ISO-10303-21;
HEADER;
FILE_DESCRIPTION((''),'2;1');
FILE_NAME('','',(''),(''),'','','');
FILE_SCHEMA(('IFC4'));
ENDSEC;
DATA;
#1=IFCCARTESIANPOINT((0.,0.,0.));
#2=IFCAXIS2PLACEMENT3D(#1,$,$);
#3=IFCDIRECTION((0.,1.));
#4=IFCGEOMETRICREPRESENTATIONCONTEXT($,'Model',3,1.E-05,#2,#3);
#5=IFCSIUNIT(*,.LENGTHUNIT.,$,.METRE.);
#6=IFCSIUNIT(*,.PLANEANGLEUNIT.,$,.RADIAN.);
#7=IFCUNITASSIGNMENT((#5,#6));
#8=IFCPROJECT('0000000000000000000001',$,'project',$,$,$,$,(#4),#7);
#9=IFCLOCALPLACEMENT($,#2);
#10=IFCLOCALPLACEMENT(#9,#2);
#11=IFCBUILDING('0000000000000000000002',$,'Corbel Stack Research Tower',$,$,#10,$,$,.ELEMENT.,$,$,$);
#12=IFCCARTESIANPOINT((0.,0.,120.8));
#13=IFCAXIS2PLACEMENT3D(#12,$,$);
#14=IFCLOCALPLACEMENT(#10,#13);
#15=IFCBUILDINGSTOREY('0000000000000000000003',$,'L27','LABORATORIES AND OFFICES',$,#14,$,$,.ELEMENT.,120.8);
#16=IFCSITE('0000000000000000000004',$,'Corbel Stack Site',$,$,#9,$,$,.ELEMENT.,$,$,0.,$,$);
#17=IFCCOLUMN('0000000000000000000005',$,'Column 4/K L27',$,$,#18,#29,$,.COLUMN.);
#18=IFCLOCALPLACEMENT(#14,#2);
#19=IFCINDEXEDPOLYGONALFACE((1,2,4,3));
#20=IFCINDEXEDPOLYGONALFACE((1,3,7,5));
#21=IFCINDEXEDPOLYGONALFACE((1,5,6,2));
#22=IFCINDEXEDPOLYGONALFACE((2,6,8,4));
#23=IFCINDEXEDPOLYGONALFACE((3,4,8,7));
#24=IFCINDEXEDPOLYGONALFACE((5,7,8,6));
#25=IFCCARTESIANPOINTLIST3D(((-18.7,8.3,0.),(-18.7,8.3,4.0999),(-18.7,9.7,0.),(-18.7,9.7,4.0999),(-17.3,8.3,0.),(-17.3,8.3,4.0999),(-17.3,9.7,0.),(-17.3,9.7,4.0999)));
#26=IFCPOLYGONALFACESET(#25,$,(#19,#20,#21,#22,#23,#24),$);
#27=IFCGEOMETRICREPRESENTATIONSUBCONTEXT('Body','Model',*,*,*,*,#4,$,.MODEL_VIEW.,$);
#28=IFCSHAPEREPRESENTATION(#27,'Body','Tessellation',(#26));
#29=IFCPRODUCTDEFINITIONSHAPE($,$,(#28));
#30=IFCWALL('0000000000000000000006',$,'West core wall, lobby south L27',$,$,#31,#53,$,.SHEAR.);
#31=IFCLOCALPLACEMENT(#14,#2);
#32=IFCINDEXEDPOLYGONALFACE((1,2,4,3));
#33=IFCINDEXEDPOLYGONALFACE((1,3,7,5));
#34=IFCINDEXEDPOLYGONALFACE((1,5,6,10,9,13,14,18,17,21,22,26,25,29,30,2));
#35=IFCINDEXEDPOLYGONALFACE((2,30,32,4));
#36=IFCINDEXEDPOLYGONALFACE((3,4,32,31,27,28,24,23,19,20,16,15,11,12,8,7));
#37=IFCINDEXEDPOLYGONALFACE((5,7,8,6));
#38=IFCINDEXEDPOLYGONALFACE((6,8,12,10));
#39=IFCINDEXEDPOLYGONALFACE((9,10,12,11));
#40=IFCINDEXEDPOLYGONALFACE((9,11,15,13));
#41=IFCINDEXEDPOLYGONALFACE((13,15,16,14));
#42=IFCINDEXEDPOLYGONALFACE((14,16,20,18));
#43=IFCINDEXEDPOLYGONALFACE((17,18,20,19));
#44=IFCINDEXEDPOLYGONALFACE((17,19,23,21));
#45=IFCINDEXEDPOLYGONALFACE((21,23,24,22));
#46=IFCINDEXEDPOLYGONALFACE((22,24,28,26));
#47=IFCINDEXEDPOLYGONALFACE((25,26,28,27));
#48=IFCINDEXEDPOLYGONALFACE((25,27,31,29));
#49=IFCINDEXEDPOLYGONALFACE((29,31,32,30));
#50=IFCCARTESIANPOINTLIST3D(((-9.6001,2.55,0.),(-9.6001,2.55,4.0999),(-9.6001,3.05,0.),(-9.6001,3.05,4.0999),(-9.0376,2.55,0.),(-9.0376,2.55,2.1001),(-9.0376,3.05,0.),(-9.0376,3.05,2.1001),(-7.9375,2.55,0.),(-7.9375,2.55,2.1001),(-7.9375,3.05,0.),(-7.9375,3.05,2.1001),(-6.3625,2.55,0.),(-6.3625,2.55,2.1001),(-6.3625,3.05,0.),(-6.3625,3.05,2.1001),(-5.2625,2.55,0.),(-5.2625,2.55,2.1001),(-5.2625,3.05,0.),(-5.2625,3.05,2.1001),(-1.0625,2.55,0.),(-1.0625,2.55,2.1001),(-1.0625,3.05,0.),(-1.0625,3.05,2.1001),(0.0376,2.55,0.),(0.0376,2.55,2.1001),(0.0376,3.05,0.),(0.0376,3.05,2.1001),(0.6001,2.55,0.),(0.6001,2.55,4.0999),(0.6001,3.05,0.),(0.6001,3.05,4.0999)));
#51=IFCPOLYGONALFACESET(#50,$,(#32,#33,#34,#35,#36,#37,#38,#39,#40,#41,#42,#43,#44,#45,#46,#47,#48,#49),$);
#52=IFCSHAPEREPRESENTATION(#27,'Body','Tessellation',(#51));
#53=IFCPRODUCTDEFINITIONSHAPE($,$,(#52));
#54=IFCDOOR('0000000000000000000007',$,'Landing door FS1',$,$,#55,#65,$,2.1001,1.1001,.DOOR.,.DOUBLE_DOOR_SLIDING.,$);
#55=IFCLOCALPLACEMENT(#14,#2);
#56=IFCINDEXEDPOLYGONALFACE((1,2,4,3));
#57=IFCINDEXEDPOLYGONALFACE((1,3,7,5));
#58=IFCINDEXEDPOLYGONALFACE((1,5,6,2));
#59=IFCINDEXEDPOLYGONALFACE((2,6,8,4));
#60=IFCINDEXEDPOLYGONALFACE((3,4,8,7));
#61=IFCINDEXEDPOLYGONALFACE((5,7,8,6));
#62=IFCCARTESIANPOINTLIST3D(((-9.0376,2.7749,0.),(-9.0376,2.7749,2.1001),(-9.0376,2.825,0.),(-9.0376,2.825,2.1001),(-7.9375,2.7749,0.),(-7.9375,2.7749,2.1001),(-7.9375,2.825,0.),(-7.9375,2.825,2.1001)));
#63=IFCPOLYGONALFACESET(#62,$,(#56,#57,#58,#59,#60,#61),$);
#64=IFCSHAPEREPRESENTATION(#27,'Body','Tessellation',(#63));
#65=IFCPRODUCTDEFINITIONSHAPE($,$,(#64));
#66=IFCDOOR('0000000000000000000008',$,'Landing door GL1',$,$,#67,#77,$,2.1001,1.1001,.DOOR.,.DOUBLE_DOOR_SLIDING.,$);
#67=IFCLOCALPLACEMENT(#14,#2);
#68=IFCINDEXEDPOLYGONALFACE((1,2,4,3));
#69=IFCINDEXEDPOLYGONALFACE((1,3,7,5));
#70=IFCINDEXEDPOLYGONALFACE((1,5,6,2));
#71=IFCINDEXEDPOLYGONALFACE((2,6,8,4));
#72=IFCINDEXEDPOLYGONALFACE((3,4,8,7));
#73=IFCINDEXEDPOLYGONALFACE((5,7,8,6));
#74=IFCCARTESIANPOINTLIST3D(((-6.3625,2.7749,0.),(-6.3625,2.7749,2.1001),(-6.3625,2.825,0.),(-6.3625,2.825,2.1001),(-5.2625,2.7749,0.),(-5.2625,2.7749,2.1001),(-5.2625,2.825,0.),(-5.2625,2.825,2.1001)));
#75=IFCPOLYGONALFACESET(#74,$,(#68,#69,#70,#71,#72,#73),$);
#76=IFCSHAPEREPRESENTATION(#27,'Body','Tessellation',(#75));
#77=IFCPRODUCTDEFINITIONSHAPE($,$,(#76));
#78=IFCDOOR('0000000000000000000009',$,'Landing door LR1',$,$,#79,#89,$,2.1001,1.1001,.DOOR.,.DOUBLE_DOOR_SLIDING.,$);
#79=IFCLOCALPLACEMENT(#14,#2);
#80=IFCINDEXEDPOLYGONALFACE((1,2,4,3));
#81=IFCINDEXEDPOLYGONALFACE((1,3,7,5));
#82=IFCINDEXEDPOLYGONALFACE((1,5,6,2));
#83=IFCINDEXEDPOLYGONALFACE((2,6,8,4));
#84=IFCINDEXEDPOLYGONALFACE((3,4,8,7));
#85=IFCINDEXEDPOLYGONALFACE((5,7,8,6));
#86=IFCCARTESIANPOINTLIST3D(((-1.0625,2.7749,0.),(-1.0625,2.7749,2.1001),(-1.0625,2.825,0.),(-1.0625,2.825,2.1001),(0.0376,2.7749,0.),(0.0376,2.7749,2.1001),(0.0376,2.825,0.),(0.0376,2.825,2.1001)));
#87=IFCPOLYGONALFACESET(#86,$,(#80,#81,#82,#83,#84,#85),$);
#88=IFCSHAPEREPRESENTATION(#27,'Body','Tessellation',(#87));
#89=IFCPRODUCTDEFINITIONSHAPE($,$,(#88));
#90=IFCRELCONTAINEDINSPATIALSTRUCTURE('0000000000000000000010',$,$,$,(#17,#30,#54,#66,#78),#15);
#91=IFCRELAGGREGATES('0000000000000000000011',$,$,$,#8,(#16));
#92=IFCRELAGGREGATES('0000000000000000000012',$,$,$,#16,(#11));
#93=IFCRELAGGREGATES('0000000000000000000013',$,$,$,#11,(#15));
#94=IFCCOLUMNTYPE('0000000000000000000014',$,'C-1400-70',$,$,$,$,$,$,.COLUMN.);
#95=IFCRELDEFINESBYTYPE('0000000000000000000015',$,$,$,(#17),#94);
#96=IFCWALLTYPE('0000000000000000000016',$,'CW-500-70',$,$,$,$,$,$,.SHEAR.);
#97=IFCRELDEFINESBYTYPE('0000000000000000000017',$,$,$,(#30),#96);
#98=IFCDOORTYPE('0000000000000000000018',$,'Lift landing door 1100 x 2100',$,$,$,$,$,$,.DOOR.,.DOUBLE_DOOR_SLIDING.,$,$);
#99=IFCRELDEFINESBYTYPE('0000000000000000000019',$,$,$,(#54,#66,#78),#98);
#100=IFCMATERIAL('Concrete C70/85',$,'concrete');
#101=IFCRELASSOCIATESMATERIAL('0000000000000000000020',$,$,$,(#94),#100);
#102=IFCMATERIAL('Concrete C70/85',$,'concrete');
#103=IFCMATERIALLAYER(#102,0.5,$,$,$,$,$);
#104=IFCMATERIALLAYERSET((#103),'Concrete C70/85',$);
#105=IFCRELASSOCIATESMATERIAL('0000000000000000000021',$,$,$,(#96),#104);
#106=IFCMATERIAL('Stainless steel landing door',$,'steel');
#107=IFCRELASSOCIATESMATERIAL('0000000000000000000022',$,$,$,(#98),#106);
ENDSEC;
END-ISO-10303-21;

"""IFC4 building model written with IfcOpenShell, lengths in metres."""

from ifc_helpers import new_model, si_unit, direction, frame, frame_2d, origin, origin_2d, place, context, subcontext, project, spatial, rectangle, extrude, material, layer, layer_set, material_profile, profile_set, type_object, element, fill, save


model = new_model("IFC4")

# Units and contexts
model_context = context("Model", 3, precision=1e-05, world=origin(), true_north=direction((0.0, 1.0)))
body_context = subcontext(model_context, "Body", "Model", "MODEL_VIEW")
ifc_project = project(units=[si_unit("LENGTHUNIT", "METRE"), si_unit("PLANEANGLEUNIT", "RADIAN")], contexts=[model_context])

# Site, building, storey
site_placement = place(None, origin())
site = spatial("IfcSite", under=ifc_project, at=site_placement, Name="Corbel Stack Site", CompositionType="ELEMENT", RefElevation=0.0)
building_placement = place(site_placement, origin())
building = spatial("IfcBuilding", under=site, at=building_placement, Name="Corbel Stack Research Tower", CompositionType="ELEMENT")
storey_placement = place(building_placement, frame((0.0, 0.0, 120.8)))
storey = spatial("IfcBuildingStorey", under=building, at=storey_placement, Name="L27", Description="LABORATORIES AND OFFICES", CompositionType="ELEMENT", Elevation=120.8)

# Column
ifc_material_1 = material(Name="Concrete C70/85", Category="concrete")
ifc_material_profile = material_profile(ifc_material_1, rectangle(XDim=1.3999, YDim=1.3999, at=origin_2d()), Name="RC 1400 x 1400")
ifc_profile_set = profile_set([ifc_material_profile], Name="Concrete C70/85")
column_type = type_object("IfcColumnType", Name="C-1400-70", PredefinedType="COLUMN", material=ifc_profile_set)
column_placement = place(storey_placement, frame((-18.0, 9.0, 0.0), z_axis=(0.0, 0.0, 1.0), x_axis=(1.0, 0.0, 0.0)))
element("IfcColumn", 1, at=column_placement, inside=storey, type_object=column_type, Name="Column 4/K L27", PredefinedType="COLUMN", context=body_context, shape_type="SweptSolid", body=[
    extrude(rectangle(XDim=1.3999, YDim=1.3999, at=origin_2d()), origin(), (0.0, 0.0, 1.0), 4.0999),
])

# Wall, openings, doors
ifc_material_2 = material(Name="Concrete C70/85", Category="concrete")
ifc_layer_1 = layer(ifc_material_2, 0.5)
ifc_layer_set_1 = layer_set([ifc_layer_1], Name="Concrete C70/85")
wall_type_1 = type_object("IfcWallType", Name="CW-500-70", PredefinedType="SHEAR", material=ifc_layer_set_1)
wall_1_placement = place(storey_placement, frame((-9.6001, 2.8, 0.0), z_axis=(0.0, 0.0, 1.0), x_axis=(1.0, 0.0, 0.0)))
wall_1 = element("IfcWall", 2, at=wall_1_placement, inside=storey, type_object=wall_type_1, Name="West core wall, lobby south L27", PredefinedType="SHEAR", context=body_context, shape_type="SweptSolid", body=[
    extrude(rectangle(XDim=10.2002, YDim=0.5, at=frame_2d((5.1001, 0.0))), origin(), (0.0, 0.0, 1.0), 4.0999),
])
opening_1_placement = place(wall_1_placement, frame((0.5625, 0.0, 0.0)))
opening_1 = element("IfcOpeningElement", 3, at=opening_1_placement, cuts=wall_1, PredefinedType="OPENING", context=body_context, shape_type="SweptSolid", body=[
    extrude(rectangle(XDim=1.1001, YDim=2.1001, at=frame_2d((0.55, 1.05))), frame((0.0, 0.26, 0.0), z_axis=(0.0, -1.0, 0.0), x_axis=(1.0, 0.0, 0.0)), (0.0, 0.0, 1.0), 0.52),
])
opening_2_placement = place(wall_1_placement, frame((3.2375, 0.0, 0.0)))
opening_2 = element("IfcOpeningElement", 4, at=opening_2_placement, cuts=wall_1, PredefinedType="OPENING", context=body_context, shape_type="SweptSolid", body=[
    extrude(rectangle(XDim=1.1001, YDim=2.1001, at=frame_2d((0.55, 1.05))), frame((0.0, 0.26, 0.0), z_axis=(0.0, -1.0, 0.0), x_axis=(1.0, 0.0, 0.0)), (0.0, 0.0, 1.0), 0.52),
])
opening_3_placement = place(wall_1_placement, frame((8.5376, 0.0, 0.0)))
opening_3 = element("IfcOpeningElement", 5, at=opening_3_placement, cuts=wall_1, PredefinedType="OPENING", context=body_context, shape_type="SweptSolid", body=[
    extrude(rectangle(XDim=1.1001, YDim=2.1001, at=frame_2d((0.55, 1.05))), frame((0.0, 0.26, 0.0), z_axis=(0.0, -1.0, 0.0), x_axis=(1.0, 0.0, 0.0)), (0.0, 0.0, 1.0), 0.52),
])
ifc_material_3 = material(Name="Stainless steel landing door", Category="steel")
door_type_1 = type_object("IfcDoorType", Name="Lift landing door 1100 x 2100", OperationType="DOUBLE_DOOR_SLIDING", PredefinedType="DOOR", material=ifc_material_3)
door_1_placement = place(opening_1_placement, origin())
door_1 = element("IfcDoor", 6, at=door_1_placement, inside=storey, type_object=door_type_1, Name="Landing door FS1", OperationType="DOUBLE_DOOR_SLIDING", OverallHeight=2.1001, OverallWidth=1.1001, PredefinedType="DOOR", context=body_context, shape_type="SweptSolid", body=[
    extrude(rectangle(XDim=1.1001, YDim=2.1001, at=frame_2d((0.55, 1.05))), frame((0.0, 0.0249, 0.0), z_axis=(0.0, -1.0, 0.0), x_axis=(1.0, 0.0, 0.0)), (0.0, 0.0, 1.0), 0.05),
])
fill(opening_1, door_1)
door_2_placement = place(opening_2_placement, origin())
door_2 = element("IfcDoor", 7, at=door_2_placement, inside=storey, type_object=door_type_1, Name="Landing door GL1", OperationType="DOUBLE_DOOR_SLIDING", OverallHeight=2.1001, OverallWidth=1.1001, PredefinedType="DOOR", context=body_context, shape_type="SweptSolid", body=[
    extrude(rectangle(XDim=1.1001, YDim=2.1001, at=frame_2d((0.55, 1.05))), frame((0.0, 0.0249, 0.0), z_axis=(0.0, -1.0, 0.0), x_axis=(1.0, 0.0, 0.0)), (0.0, 0.0, 1.0), 0.05),
])
fill(opening_2, door_2)
door_3_placement = place(opening_3_placement, origin())
door_3 = element("IfcDoor", 8, at=door_3_placement, inside=storey, type_object=door_type_1, Name="Landing door LR1", OperationType="DOUBLE_DOOR_SLIDING", OverallHeight=2.1001, OverallWidth=1.1001, PredefinedType="DOOR", context=body_context, shape_type="SweptSolid", body=[
    extrude(rectangle(XDim=1.1001, YDim=2.1001, at=frame_2d((0.55, 1.05))), frame((0.0, 0.0249, 0.0), z_axis=(0.0, -1.0, 0.0), x_axis=(1.0, 0.0, 0.0)), (0.0, 0.0, 1.0), 0.05),
])
fill(opening_3, door_3)

save(model, "model.ifc")
